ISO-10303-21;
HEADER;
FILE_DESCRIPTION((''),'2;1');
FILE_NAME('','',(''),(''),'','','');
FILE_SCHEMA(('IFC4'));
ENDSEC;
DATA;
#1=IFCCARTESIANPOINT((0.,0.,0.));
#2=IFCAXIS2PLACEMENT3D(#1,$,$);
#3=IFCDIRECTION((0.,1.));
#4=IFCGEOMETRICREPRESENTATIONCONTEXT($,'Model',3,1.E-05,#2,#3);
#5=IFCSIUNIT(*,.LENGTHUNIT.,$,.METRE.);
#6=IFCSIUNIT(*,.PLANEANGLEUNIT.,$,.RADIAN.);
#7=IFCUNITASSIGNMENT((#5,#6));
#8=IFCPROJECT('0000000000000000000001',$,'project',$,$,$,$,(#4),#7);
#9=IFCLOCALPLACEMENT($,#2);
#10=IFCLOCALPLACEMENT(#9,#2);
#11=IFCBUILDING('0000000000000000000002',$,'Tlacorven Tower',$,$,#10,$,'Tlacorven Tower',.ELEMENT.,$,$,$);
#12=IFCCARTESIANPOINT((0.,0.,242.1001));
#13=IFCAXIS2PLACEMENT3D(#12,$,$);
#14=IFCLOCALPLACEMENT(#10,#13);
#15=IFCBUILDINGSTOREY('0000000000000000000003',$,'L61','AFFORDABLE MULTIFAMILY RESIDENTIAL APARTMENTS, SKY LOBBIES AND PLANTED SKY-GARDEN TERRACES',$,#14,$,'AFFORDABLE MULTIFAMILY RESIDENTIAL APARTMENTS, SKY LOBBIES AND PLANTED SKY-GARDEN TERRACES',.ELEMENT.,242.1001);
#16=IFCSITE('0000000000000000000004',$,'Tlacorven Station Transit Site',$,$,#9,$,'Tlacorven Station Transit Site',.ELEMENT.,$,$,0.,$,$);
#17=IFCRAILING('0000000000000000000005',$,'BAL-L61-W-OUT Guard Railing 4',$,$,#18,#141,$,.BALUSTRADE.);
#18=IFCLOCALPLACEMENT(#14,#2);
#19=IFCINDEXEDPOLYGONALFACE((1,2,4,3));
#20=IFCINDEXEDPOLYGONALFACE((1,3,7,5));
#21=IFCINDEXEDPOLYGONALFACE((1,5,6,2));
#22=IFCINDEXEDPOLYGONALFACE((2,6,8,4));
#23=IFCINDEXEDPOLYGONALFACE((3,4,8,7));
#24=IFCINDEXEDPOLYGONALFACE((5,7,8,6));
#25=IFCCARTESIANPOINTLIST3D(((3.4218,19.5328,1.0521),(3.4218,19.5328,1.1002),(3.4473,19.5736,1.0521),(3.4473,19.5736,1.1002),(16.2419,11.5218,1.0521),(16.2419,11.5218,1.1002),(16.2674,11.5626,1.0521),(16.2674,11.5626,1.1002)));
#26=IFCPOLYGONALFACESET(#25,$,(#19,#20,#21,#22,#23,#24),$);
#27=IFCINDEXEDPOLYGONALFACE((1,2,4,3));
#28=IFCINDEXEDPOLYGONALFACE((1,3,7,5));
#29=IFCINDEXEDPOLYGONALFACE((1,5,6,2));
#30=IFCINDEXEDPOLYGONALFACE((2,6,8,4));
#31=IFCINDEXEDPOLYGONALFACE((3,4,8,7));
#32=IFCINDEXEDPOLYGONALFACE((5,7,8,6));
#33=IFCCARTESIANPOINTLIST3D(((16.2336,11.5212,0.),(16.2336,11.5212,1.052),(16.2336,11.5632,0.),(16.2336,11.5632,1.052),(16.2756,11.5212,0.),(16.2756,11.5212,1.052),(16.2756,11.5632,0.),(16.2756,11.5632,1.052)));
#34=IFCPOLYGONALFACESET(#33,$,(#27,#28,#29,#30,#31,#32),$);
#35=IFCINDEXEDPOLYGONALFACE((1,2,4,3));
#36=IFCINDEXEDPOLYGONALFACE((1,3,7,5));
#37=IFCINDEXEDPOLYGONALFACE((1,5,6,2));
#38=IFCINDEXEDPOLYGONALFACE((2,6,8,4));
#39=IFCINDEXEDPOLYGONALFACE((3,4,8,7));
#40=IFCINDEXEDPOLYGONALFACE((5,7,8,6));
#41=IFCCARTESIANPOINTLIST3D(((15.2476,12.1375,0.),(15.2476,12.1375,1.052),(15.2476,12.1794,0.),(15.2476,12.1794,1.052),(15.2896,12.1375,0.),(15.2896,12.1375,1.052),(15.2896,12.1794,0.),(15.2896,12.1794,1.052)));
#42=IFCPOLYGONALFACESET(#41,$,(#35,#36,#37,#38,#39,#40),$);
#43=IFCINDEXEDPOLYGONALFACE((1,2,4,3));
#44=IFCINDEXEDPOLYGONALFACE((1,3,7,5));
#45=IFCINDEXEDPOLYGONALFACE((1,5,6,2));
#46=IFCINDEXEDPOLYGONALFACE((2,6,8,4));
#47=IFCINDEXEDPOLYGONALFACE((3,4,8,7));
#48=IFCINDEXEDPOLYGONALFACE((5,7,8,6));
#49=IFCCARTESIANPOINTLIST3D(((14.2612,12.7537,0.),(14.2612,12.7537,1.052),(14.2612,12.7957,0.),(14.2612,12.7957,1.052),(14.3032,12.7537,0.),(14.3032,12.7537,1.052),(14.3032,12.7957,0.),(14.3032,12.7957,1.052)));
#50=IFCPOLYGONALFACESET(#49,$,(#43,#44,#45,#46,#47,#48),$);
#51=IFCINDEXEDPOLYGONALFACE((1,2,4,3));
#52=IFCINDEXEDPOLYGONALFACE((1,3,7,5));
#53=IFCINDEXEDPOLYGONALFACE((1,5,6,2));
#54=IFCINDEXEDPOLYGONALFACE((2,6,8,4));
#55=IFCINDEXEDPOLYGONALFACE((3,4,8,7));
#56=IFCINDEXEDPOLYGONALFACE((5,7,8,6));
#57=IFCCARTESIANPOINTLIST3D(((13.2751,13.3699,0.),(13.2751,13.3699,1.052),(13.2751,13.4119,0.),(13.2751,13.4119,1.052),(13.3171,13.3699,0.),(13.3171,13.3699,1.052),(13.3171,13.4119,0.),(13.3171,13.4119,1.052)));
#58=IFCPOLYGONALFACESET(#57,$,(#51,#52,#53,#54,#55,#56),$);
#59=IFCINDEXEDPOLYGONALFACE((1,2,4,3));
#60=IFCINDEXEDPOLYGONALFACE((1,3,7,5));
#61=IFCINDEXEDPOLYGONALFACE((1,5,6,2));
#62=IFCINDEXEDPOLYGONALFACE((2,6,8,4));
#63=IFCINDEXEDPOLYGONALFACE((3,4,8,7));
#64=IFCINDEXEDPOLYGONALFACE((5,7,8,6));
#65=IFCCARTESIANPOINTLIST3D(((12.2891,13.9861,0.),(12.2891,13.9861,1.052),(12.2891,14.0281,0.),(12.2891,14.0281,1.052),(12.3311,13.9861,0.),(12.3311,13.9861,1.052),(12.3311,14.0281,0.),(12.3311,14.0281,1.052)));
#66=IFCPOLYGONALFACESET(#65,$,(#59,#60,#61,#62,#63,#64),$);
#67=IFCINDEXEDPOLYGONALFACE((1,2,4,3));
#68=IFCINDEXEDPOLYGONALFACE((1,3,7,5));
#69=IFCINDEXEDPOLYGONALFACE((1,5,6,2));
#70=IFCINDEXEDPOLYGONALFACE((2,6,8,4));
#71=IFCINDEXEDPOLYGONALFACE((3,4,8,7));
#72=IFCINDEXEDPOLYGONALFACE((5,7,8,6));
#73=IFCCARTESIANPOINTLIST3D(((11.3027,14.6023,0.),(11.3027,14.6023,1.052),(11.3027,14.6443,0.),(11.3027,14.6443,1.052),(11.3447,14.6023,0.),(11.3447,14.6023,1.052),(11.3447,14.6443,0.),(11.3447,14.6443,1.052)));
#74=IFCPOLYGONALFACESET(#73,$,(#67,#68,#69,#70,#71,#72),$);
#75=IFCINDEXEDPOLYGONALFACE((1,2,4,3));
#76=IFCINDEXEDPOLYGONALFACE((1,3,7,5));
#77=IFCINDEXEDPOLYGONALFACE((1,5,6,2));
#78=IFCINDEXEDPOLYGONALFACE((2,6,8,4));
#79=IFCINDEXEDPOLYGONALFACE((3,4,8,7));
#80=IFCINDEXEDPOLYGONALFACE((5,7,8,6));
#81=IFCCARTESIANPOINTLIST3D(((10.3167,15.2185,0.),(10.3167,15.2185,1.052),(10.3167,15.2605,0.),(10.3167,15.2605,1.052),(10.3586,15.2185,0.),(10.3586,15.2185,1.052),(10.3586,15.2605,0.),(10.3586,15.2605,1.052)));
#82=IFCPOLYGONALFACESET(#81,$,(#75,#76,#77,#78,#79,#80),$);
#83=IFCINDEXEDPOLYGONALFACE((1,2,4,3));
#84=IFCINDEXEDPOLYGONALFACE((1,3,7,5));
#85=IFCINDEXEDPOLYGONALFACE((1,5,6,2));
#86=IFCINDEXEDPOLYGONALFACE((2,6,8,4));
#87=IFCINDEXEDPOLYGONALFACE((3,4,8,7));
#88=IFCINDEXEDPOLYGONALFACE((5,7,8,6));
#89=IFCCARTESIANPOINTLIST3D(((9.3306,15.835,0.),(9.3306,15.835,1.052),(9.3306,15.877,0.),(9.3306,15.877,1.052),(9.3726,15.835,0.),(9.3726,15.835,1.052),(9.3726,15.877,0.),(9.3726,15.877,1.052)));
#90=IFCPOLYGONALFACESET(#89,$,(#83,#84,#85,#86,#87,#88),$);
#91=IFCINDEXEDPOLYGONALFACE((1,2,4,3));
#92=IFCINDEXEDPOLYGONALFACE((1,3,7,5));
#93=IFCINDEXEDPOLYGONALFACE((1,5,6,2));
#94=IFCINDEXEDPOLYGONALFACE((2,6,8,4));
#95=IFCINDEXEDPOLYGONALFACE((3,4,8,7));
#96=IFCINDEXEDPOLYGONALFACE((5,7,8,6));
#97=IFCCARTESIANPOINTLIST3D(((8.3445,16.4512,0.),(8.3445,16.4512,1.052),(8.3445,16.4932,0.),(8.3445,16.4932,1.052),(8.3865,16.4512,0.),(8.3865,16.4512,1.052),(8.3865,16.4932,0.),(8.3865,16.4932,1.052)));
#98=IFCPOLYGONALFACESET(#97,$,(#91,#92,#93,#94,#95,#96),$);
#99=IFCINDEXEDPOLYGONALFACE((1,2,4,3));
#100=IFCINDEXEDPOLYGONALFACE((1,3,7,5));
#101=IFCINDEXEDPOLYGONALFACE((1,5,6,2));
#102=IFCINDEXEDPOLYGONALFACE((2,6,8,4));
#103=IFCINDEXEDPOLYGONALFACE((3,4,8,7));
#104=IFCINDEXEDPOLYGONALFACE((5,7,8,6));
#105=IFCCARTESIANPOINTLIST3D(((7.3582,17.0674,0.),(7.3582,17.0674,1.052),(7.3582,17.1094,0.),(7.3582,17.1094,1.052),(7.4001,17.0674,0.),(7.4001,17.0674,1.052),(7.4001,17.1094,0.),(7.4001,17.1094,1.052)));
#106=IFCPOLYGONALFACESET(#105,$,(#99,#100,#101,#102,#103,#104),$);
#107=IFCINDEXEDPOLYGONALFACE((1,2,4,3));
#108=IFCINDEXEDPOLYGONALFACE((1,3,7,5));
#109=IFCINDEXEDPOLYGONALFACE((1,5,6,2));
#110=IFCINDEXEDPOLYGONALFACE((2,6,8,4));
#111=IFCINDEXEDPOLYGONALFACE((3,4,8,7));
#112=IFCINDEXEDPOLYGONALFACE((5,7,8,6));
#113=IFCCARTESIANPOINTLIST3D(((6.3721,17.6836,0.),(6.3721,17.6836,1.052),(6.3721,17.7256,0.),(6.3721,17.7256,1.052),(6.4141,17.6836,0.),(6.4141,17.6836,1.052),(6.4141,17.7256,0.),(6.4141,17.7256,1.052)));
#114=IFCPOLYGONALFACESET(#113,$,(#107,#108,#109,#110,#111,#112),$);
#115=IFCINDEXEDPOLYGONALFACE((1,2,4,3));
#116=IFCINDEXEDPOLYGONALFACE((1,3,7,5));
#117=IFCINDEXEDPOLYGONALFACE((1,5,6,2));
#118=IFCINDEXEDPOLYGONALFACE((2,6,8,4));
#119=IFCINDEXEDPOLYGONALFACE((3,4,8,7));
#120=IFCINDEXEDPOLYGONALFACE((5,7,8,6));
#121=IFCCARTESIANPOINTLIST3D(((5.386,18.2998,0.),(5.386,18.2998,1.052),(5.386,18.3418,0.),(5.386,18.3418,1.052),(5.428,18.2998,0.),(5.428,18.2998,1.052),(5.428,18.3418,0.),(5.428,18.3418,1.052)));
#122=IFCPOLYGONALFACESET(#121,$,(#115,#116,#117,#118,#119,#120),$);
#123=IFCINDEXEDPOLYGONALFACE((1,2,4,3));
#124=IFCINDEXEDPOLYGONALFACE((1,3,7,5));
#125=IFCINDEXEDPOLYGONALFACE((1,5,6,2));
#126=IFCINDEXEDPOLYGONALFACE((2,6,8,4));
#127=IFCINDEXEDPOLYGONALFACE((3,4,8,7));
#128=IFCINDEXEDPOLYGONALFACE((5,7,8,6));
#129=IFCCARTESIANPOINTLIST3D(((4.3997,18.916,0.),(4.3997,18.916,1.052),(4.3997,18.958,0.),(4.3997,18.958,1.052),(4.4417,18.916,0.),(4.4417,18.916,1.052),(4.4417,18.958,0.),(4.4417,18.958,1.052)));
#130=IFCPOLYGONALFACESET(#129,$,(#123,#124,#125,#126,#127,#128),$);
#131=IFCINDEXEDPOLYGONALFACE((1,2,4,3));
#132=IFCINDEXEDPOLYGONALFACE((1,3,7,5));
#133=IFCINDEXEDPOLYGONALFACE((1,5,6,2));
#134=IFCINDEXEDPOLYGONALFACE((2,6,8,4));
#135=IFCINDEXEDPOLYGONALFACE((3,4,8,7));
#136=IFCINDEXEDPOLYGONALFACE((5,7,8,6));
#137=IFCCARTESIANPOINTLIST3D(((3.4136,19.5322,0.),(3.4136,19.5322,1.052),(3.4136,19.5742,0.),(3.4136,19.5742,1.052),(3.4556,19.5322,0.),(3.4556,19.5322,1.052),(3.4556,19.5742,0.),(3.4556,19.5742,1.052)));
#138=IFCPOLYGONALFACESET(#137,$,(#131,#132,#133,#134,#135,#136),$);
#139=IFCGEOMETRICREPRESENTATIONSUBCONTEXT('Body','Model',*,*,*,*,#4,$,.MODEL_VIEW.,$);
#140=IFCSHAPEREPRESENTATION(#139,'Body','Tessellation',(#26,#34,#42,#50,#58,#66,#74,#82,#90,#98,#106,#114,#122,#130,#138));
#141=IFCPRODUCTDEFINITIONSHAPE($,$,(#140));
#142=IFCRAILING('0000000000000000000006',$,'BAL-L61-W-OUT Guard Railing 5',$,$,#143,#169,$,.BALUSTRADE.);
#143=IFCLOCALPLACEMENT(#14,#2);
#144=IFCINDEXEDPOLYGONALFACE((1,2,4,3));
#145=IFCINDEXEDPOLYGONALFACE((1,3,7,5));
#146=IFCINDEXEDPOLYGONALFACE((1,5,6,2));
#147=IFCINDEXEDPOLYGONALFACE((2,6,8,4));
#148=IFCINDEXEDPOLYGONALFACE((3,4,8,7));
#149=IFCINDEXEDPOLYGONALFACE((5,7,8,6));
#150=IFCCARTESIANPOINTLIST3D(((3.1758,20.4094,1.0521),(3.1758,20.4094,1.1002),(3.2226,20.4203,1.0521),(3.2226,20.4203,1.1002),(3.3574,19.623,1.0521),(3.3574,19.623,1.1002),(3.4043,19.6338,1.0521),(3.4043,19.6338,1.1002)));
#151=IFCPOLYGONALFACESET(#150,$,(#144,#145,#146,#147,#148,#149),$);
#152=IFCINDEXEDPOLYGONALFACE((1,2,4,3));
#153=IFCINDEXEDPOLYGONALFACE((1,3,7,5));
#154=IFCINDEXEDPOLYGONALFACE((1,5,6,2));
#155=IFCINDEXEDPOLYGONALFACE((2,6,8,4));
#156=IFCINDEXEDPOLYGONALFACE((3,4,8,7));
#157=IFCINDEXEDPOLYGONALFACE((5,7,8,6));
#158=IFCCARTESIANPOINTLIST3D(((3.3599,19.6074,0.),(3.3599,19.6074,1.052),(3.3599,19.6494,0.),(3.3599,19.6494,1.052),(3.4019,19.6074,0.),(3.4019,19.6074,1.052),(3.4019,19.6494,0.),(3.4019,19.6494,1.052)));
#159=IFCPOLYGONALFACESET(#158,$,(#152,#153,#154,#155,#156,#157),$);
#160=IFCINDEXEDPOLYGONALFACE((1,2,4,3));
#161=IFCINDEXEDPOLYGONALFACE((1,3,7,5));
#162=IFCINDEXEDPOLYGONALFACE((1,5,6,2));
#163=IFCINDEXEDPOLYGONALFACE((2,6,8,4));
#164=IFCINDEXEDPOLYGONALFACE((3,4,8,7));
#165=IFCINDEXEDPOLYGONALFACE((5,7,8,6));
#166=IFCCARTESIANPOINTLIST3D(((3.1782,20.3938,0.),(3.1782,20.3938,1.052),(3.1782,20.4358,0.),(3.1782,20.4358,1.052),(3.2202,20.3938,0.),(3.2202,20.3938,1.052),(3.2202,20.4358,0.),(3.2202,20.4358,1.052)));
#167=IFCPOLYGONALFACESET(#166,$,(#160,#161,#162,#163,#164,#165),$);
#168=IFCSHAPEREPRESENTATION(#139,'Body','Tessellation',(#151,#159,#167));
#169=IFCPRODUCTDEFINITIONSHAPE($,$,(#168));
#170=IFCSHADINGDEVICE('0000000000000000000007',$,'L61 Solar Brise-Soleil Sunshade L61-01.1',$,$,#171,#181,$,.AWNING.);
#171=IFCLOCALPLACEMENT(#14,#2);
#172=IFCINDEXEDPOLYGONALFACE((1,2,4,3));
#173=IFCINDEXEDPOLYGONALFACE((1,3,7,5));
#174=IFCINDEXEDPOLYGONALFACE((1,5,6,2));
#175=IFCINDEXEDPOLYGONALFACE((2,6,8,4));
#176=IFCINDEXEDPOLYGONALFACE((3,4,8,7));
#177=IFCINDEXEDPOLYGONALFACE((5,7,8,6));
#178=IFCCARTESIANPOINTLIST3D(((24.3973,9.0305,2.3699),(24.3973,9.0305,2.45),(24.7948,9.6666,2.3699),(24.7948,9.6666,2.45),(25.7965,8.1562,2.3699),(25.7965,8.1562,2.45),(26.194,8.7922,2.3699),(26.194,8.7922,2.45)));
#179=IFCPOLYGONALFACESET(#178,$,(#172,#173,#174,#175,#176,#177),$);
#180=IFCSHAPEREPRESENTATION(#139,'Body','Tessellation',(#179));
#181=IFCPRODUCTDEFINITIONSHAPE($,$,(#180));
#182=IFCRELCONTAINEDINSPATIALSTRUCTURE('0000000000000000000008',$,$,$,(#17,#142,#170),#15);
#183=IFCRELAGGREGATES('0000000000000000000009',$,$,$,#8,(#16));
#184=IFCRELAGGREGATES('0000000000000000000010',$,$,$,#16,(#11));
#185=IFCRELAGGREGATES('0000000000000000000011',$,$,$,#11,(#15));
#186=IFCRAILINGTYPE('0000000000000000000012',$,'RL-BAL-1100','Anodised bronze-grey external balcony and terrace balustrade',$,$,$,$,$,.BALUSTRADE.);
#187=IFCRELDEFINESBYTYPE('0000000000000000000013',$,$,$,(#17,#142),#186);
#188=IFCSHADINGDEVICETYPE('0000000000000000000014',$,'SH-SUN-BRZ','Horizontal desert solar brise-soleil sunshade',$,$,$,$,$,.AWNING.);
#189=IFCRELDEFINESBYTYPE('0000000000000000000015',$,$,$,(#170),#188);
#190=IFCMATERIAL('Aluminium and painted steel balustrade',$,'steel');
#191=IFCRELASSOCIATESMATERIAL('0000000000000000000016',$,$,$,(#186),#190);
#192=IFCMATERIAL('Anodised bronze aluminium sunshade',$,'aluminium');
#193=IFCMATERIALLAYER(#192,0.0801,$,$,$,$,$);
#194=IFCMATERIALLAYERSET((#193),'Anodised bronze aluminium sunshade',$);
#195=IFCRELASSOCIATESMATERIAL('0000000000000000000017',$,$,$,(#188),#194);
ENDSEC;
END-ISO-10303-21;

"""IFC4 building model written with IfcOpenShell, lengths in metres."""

from ifc_helpers import new_model, si_unit, direction, frame, origin, origin_2d, place, context, subcontext, project, spatial, rectangle, extrude, source, transform, mapped, material, layer, layer_set, type_object, element, save


model = new_model("IFC4")

# Units and contexts
model_context = context("Model", 3, precision=1e-05, world=origin(), true_north=direction((0.0, 1.0)))
body_context = subcontext(model_context, "Body", "Model", "MODEL_VIEW")
ifc_project = project(units=[si_unit("LENGTHUNIT", "METRE"), si_unit("PLANEANGLEUNIT", "RADIAN")], contexts=[model_context])

# Site, building, storey
site_placement = place(None, origin())
site = spatial("IfcSite", under=ifc_project, at=site_placement, Name="Tlacorven Station Transit Site", LongName="Tlacorven Station Transit Site", CompositionType="ELEMENT", RefElevation=0.0)
building_placement = place(site_placement, origin())
building = spatial("IfcBuilding", under=site, at=building_placement, Name="Tlacorven Tower", LongName="Tlacorven Tower", CompositionType="ELEMENT")
storey_placement = place(building_placement, frame((0.0, 0.0, 242.1001)))
storey = spatial("IfcBuildingStorey", under=building, at=storey_placement, Name="L61", Description="AFFORDABLE MULTIFAMILY RESIDENTIAL APARTMENTS, SKY LOBBIES AND PLANTED SKY-GARDEN TERRACES", LongName="AFFORDABLE MULTIFAMILY RESIDENTIAL APARTMENTS, SKY LOBBIES AND PLANTED SKY-GARDEN TERRACES", CompositionType="ELEMENT", Elevation=242.1001)

# Railings
ifc_material_1 = material(Name="Aluminium and painted steel balustrade", Category="steel")
railing_type = type_object("IfcRailingType", Name="RL-BAL-1100", Description="Anodised bronze-grey external balcony and terrace balustrade", PredefinedType="BALUSTRADE", material=ifc_material_1)
shared_shape_1 = source(origin(), body_context, "Body", "SweptSolid", [
    extrude(rectangle(XDim=0.0481, YDim=0.0481, at=origin_2d()), frame((0.0, 0.0, 1.0762), z_axis=(-0.848045, 0.529925, 0.0), x_axis=(-0.529925, -0.848045, 0.0)), (0.0, 0.0, 1.0), 15.1172),
    extrude(rectangle(XDim=0.042, YDim=0.042, at=origin_2d()), origin(), (0.0, 0.0, 1.0), 1.052),
    extrude(rectangle(XDim=0.042, YDim=0.042, at=origin_2d()), frame((-0.9861, 0.6162, 0.0)), (0.0, 0.0, 1.0), 1.052),
    extrude(rectangle(XDim=0.042, YDim=0.042, at=origin_2d()), frame((-1.9724, 1.2324, 0.0)), (0.0, 0.0, 1.0), 1.052),
    extrude(rectangle(XDim=0.042, YDim=0.042, at=origin_2d()), frame((-2.9585, 1.8486, 0.0)), (0.0, 0.0, 1.0), 1.052),
    extrude(rectangle(XDim=0.042, YDim=0.042, at=origin_2d()), frame((-3.9446, 2.4648, 0.0)), (0.0, 0.0, 1.0), 1.052),
    extrude(rectangle(XDim=0.042, YDim=0.042, at=origin_2d()), frame((-4.9309, 3.0811, 0.0)), (0.0, 0.0, 1.0), 1.052),
    extrude(rectangle(XDim=0.042, YDim=0.042, at=origin_2d()), frame((-5.917, 3.6973, 0.0)), (0.0, 0.0, 1.0), 1.052),
    extrude(rectangle(XDim=0.042, YDim=0.042, at=origin_2d()), frame((-6.9031, 4.3137, 0.0)), (0.0, 0.0, 1.0), 1.052),
    extrude(rectangle(XDim=0.042, YDim=0.042, at=origin_2d()), frame((-7.8892, 4.9299, 0.0)), (0.0, 0.0, 1.0), 1.052),
    extrude(rectangle(XDim=0.042, YDim=0.042, at=origin_2d()), frame((-8.8755, 5.5461, 0.0)), (0.0, 0.0, 1.0), 1.052),
    extrude(rectangle(XDim=0.042, YDim=0.042, at=origin_2d()), frame((-9.8616, 6.1624, 0.0)), (0.0, 0.0, 1.0), 1.052),
    extrude(rectangle(XDim=0.042, YDim=0.042, at=origin_2d()), frame((-10.8477, 6.7786, 0.0)), (0.0, 0.0, 1.0), 1.052),
    extrude(rectangle(XDim=0.042, YDim=0.042, at=origin_2d()), frame((-11.834, 7.3948, 0.0)), (0.0, 0.0, 1.0), 1.052),
    extrude(rectangle(XDim=0.042, YDim=0.042, at=origin_2d()), frame((-12.8201, 8.011, 0.0)), (0.0, 0.0, 1.0), 1.052),
])
railing_1_placement = place(storey_placement, frame((16.2546, 11.5422, 0.0)))
element("IfcRailing", 1, at=railing_1_placement, inside=storey, type_object=railing_type, Name="BAL-L61-W-OUT Guard Railing 4", PredefinedType="BALUSTRADE", context=body_context, shape_type="MappedRepresentation", body=[
    mapped(shared_shape_1, transform((0.0, 0.0, 0.0), scale=1.0)),
])
shared_shape_2 = source(origin(), body_context, "Body", "SweptSolid", [
    extrude(rectangle(XDim=0.0481, YDim=0.0481, at=origin_2d()), frame((0.0, 0.0, 1.0762), z_axis=(-0.225058, 0.974345, 0.0), x_axis=(-0.974345, -0.225058, 0.0)), (0.0, 0.0, 1.0), 0.8071),
    extrude(rectangle(XDim=0.042, YDim=0.042, at=origin_2d()), origin(), (0.0, 0.0, 1.0), 1.052),
    extrude(rectangle(XDim=0.042, YDim=0.042, at=origin_2d()), frame((-0.1816, 0.7864, 0.0)), (0.0, 0.0, 1.0), 1.052),
])
railing_2_placement = place(storey_placement, frame((3.3809, 19.6284, 0.0)))
element("IfcRailing", 2, at=railing_2_placement, inside=storey, type_object=railing_type, Name="BAL-L61-W-OUT Guard Railing 5", PredefinedType="BALUSTRADE", context=body_context, shape_type="MappedRepresentation", body=[
    mapped(shared_shape_2, transform((0.0, 0.0, 0.0), scale=1.0)),
])

# Shading device
ifc_material_2 = material(Name="Anodised bronze aluminium sunshade", Category="aluminium")
ifc_layer_1 = layer(ifc_material_2, 0.0801)
ifc_layer_set_1 = layer_set([ifc_layer_1], Name="Anodised bronze aluminium sunshade")
shading_device_type = type_object("IfcShadingDeviceType", Name="SH-SUN-BRZ", Description="Horizontal desert solar brise-soleil sunshade", PredefinedType="AWNING", material=ifc_layer_set_1)
shared_shape_3 = source(origin(), body_context, "Body", "SweptSolid", [
    extrude(rectangle(XDim=1.6499, YDim=0.75, at=origin_2d()), origin(), (0.0, 0.0, 1.0), 0.0801),
])
shading_device_placement = place(storey_placement, frame((25.2957, 8.9114, 2.3699), z_axis=(0.0, 0.0, 1.0), x_axis=(-0.848048, 0.529919, 0.0)))
element("IfcShadingDevice", 3, at=shading_device_placement, inside=storey, type_object=shading_device_type, Name="L61 Solar Brise-Soleil Sunshade L61-01.1", PredefinedType="AWNING", context=body_context, shape_type="MappedRepresentation", body=[
    mapped(shared_shape_3, transform((0.0, 0.0, 0.0), scale=1.0)),
])

save(model, "model.ifc")
